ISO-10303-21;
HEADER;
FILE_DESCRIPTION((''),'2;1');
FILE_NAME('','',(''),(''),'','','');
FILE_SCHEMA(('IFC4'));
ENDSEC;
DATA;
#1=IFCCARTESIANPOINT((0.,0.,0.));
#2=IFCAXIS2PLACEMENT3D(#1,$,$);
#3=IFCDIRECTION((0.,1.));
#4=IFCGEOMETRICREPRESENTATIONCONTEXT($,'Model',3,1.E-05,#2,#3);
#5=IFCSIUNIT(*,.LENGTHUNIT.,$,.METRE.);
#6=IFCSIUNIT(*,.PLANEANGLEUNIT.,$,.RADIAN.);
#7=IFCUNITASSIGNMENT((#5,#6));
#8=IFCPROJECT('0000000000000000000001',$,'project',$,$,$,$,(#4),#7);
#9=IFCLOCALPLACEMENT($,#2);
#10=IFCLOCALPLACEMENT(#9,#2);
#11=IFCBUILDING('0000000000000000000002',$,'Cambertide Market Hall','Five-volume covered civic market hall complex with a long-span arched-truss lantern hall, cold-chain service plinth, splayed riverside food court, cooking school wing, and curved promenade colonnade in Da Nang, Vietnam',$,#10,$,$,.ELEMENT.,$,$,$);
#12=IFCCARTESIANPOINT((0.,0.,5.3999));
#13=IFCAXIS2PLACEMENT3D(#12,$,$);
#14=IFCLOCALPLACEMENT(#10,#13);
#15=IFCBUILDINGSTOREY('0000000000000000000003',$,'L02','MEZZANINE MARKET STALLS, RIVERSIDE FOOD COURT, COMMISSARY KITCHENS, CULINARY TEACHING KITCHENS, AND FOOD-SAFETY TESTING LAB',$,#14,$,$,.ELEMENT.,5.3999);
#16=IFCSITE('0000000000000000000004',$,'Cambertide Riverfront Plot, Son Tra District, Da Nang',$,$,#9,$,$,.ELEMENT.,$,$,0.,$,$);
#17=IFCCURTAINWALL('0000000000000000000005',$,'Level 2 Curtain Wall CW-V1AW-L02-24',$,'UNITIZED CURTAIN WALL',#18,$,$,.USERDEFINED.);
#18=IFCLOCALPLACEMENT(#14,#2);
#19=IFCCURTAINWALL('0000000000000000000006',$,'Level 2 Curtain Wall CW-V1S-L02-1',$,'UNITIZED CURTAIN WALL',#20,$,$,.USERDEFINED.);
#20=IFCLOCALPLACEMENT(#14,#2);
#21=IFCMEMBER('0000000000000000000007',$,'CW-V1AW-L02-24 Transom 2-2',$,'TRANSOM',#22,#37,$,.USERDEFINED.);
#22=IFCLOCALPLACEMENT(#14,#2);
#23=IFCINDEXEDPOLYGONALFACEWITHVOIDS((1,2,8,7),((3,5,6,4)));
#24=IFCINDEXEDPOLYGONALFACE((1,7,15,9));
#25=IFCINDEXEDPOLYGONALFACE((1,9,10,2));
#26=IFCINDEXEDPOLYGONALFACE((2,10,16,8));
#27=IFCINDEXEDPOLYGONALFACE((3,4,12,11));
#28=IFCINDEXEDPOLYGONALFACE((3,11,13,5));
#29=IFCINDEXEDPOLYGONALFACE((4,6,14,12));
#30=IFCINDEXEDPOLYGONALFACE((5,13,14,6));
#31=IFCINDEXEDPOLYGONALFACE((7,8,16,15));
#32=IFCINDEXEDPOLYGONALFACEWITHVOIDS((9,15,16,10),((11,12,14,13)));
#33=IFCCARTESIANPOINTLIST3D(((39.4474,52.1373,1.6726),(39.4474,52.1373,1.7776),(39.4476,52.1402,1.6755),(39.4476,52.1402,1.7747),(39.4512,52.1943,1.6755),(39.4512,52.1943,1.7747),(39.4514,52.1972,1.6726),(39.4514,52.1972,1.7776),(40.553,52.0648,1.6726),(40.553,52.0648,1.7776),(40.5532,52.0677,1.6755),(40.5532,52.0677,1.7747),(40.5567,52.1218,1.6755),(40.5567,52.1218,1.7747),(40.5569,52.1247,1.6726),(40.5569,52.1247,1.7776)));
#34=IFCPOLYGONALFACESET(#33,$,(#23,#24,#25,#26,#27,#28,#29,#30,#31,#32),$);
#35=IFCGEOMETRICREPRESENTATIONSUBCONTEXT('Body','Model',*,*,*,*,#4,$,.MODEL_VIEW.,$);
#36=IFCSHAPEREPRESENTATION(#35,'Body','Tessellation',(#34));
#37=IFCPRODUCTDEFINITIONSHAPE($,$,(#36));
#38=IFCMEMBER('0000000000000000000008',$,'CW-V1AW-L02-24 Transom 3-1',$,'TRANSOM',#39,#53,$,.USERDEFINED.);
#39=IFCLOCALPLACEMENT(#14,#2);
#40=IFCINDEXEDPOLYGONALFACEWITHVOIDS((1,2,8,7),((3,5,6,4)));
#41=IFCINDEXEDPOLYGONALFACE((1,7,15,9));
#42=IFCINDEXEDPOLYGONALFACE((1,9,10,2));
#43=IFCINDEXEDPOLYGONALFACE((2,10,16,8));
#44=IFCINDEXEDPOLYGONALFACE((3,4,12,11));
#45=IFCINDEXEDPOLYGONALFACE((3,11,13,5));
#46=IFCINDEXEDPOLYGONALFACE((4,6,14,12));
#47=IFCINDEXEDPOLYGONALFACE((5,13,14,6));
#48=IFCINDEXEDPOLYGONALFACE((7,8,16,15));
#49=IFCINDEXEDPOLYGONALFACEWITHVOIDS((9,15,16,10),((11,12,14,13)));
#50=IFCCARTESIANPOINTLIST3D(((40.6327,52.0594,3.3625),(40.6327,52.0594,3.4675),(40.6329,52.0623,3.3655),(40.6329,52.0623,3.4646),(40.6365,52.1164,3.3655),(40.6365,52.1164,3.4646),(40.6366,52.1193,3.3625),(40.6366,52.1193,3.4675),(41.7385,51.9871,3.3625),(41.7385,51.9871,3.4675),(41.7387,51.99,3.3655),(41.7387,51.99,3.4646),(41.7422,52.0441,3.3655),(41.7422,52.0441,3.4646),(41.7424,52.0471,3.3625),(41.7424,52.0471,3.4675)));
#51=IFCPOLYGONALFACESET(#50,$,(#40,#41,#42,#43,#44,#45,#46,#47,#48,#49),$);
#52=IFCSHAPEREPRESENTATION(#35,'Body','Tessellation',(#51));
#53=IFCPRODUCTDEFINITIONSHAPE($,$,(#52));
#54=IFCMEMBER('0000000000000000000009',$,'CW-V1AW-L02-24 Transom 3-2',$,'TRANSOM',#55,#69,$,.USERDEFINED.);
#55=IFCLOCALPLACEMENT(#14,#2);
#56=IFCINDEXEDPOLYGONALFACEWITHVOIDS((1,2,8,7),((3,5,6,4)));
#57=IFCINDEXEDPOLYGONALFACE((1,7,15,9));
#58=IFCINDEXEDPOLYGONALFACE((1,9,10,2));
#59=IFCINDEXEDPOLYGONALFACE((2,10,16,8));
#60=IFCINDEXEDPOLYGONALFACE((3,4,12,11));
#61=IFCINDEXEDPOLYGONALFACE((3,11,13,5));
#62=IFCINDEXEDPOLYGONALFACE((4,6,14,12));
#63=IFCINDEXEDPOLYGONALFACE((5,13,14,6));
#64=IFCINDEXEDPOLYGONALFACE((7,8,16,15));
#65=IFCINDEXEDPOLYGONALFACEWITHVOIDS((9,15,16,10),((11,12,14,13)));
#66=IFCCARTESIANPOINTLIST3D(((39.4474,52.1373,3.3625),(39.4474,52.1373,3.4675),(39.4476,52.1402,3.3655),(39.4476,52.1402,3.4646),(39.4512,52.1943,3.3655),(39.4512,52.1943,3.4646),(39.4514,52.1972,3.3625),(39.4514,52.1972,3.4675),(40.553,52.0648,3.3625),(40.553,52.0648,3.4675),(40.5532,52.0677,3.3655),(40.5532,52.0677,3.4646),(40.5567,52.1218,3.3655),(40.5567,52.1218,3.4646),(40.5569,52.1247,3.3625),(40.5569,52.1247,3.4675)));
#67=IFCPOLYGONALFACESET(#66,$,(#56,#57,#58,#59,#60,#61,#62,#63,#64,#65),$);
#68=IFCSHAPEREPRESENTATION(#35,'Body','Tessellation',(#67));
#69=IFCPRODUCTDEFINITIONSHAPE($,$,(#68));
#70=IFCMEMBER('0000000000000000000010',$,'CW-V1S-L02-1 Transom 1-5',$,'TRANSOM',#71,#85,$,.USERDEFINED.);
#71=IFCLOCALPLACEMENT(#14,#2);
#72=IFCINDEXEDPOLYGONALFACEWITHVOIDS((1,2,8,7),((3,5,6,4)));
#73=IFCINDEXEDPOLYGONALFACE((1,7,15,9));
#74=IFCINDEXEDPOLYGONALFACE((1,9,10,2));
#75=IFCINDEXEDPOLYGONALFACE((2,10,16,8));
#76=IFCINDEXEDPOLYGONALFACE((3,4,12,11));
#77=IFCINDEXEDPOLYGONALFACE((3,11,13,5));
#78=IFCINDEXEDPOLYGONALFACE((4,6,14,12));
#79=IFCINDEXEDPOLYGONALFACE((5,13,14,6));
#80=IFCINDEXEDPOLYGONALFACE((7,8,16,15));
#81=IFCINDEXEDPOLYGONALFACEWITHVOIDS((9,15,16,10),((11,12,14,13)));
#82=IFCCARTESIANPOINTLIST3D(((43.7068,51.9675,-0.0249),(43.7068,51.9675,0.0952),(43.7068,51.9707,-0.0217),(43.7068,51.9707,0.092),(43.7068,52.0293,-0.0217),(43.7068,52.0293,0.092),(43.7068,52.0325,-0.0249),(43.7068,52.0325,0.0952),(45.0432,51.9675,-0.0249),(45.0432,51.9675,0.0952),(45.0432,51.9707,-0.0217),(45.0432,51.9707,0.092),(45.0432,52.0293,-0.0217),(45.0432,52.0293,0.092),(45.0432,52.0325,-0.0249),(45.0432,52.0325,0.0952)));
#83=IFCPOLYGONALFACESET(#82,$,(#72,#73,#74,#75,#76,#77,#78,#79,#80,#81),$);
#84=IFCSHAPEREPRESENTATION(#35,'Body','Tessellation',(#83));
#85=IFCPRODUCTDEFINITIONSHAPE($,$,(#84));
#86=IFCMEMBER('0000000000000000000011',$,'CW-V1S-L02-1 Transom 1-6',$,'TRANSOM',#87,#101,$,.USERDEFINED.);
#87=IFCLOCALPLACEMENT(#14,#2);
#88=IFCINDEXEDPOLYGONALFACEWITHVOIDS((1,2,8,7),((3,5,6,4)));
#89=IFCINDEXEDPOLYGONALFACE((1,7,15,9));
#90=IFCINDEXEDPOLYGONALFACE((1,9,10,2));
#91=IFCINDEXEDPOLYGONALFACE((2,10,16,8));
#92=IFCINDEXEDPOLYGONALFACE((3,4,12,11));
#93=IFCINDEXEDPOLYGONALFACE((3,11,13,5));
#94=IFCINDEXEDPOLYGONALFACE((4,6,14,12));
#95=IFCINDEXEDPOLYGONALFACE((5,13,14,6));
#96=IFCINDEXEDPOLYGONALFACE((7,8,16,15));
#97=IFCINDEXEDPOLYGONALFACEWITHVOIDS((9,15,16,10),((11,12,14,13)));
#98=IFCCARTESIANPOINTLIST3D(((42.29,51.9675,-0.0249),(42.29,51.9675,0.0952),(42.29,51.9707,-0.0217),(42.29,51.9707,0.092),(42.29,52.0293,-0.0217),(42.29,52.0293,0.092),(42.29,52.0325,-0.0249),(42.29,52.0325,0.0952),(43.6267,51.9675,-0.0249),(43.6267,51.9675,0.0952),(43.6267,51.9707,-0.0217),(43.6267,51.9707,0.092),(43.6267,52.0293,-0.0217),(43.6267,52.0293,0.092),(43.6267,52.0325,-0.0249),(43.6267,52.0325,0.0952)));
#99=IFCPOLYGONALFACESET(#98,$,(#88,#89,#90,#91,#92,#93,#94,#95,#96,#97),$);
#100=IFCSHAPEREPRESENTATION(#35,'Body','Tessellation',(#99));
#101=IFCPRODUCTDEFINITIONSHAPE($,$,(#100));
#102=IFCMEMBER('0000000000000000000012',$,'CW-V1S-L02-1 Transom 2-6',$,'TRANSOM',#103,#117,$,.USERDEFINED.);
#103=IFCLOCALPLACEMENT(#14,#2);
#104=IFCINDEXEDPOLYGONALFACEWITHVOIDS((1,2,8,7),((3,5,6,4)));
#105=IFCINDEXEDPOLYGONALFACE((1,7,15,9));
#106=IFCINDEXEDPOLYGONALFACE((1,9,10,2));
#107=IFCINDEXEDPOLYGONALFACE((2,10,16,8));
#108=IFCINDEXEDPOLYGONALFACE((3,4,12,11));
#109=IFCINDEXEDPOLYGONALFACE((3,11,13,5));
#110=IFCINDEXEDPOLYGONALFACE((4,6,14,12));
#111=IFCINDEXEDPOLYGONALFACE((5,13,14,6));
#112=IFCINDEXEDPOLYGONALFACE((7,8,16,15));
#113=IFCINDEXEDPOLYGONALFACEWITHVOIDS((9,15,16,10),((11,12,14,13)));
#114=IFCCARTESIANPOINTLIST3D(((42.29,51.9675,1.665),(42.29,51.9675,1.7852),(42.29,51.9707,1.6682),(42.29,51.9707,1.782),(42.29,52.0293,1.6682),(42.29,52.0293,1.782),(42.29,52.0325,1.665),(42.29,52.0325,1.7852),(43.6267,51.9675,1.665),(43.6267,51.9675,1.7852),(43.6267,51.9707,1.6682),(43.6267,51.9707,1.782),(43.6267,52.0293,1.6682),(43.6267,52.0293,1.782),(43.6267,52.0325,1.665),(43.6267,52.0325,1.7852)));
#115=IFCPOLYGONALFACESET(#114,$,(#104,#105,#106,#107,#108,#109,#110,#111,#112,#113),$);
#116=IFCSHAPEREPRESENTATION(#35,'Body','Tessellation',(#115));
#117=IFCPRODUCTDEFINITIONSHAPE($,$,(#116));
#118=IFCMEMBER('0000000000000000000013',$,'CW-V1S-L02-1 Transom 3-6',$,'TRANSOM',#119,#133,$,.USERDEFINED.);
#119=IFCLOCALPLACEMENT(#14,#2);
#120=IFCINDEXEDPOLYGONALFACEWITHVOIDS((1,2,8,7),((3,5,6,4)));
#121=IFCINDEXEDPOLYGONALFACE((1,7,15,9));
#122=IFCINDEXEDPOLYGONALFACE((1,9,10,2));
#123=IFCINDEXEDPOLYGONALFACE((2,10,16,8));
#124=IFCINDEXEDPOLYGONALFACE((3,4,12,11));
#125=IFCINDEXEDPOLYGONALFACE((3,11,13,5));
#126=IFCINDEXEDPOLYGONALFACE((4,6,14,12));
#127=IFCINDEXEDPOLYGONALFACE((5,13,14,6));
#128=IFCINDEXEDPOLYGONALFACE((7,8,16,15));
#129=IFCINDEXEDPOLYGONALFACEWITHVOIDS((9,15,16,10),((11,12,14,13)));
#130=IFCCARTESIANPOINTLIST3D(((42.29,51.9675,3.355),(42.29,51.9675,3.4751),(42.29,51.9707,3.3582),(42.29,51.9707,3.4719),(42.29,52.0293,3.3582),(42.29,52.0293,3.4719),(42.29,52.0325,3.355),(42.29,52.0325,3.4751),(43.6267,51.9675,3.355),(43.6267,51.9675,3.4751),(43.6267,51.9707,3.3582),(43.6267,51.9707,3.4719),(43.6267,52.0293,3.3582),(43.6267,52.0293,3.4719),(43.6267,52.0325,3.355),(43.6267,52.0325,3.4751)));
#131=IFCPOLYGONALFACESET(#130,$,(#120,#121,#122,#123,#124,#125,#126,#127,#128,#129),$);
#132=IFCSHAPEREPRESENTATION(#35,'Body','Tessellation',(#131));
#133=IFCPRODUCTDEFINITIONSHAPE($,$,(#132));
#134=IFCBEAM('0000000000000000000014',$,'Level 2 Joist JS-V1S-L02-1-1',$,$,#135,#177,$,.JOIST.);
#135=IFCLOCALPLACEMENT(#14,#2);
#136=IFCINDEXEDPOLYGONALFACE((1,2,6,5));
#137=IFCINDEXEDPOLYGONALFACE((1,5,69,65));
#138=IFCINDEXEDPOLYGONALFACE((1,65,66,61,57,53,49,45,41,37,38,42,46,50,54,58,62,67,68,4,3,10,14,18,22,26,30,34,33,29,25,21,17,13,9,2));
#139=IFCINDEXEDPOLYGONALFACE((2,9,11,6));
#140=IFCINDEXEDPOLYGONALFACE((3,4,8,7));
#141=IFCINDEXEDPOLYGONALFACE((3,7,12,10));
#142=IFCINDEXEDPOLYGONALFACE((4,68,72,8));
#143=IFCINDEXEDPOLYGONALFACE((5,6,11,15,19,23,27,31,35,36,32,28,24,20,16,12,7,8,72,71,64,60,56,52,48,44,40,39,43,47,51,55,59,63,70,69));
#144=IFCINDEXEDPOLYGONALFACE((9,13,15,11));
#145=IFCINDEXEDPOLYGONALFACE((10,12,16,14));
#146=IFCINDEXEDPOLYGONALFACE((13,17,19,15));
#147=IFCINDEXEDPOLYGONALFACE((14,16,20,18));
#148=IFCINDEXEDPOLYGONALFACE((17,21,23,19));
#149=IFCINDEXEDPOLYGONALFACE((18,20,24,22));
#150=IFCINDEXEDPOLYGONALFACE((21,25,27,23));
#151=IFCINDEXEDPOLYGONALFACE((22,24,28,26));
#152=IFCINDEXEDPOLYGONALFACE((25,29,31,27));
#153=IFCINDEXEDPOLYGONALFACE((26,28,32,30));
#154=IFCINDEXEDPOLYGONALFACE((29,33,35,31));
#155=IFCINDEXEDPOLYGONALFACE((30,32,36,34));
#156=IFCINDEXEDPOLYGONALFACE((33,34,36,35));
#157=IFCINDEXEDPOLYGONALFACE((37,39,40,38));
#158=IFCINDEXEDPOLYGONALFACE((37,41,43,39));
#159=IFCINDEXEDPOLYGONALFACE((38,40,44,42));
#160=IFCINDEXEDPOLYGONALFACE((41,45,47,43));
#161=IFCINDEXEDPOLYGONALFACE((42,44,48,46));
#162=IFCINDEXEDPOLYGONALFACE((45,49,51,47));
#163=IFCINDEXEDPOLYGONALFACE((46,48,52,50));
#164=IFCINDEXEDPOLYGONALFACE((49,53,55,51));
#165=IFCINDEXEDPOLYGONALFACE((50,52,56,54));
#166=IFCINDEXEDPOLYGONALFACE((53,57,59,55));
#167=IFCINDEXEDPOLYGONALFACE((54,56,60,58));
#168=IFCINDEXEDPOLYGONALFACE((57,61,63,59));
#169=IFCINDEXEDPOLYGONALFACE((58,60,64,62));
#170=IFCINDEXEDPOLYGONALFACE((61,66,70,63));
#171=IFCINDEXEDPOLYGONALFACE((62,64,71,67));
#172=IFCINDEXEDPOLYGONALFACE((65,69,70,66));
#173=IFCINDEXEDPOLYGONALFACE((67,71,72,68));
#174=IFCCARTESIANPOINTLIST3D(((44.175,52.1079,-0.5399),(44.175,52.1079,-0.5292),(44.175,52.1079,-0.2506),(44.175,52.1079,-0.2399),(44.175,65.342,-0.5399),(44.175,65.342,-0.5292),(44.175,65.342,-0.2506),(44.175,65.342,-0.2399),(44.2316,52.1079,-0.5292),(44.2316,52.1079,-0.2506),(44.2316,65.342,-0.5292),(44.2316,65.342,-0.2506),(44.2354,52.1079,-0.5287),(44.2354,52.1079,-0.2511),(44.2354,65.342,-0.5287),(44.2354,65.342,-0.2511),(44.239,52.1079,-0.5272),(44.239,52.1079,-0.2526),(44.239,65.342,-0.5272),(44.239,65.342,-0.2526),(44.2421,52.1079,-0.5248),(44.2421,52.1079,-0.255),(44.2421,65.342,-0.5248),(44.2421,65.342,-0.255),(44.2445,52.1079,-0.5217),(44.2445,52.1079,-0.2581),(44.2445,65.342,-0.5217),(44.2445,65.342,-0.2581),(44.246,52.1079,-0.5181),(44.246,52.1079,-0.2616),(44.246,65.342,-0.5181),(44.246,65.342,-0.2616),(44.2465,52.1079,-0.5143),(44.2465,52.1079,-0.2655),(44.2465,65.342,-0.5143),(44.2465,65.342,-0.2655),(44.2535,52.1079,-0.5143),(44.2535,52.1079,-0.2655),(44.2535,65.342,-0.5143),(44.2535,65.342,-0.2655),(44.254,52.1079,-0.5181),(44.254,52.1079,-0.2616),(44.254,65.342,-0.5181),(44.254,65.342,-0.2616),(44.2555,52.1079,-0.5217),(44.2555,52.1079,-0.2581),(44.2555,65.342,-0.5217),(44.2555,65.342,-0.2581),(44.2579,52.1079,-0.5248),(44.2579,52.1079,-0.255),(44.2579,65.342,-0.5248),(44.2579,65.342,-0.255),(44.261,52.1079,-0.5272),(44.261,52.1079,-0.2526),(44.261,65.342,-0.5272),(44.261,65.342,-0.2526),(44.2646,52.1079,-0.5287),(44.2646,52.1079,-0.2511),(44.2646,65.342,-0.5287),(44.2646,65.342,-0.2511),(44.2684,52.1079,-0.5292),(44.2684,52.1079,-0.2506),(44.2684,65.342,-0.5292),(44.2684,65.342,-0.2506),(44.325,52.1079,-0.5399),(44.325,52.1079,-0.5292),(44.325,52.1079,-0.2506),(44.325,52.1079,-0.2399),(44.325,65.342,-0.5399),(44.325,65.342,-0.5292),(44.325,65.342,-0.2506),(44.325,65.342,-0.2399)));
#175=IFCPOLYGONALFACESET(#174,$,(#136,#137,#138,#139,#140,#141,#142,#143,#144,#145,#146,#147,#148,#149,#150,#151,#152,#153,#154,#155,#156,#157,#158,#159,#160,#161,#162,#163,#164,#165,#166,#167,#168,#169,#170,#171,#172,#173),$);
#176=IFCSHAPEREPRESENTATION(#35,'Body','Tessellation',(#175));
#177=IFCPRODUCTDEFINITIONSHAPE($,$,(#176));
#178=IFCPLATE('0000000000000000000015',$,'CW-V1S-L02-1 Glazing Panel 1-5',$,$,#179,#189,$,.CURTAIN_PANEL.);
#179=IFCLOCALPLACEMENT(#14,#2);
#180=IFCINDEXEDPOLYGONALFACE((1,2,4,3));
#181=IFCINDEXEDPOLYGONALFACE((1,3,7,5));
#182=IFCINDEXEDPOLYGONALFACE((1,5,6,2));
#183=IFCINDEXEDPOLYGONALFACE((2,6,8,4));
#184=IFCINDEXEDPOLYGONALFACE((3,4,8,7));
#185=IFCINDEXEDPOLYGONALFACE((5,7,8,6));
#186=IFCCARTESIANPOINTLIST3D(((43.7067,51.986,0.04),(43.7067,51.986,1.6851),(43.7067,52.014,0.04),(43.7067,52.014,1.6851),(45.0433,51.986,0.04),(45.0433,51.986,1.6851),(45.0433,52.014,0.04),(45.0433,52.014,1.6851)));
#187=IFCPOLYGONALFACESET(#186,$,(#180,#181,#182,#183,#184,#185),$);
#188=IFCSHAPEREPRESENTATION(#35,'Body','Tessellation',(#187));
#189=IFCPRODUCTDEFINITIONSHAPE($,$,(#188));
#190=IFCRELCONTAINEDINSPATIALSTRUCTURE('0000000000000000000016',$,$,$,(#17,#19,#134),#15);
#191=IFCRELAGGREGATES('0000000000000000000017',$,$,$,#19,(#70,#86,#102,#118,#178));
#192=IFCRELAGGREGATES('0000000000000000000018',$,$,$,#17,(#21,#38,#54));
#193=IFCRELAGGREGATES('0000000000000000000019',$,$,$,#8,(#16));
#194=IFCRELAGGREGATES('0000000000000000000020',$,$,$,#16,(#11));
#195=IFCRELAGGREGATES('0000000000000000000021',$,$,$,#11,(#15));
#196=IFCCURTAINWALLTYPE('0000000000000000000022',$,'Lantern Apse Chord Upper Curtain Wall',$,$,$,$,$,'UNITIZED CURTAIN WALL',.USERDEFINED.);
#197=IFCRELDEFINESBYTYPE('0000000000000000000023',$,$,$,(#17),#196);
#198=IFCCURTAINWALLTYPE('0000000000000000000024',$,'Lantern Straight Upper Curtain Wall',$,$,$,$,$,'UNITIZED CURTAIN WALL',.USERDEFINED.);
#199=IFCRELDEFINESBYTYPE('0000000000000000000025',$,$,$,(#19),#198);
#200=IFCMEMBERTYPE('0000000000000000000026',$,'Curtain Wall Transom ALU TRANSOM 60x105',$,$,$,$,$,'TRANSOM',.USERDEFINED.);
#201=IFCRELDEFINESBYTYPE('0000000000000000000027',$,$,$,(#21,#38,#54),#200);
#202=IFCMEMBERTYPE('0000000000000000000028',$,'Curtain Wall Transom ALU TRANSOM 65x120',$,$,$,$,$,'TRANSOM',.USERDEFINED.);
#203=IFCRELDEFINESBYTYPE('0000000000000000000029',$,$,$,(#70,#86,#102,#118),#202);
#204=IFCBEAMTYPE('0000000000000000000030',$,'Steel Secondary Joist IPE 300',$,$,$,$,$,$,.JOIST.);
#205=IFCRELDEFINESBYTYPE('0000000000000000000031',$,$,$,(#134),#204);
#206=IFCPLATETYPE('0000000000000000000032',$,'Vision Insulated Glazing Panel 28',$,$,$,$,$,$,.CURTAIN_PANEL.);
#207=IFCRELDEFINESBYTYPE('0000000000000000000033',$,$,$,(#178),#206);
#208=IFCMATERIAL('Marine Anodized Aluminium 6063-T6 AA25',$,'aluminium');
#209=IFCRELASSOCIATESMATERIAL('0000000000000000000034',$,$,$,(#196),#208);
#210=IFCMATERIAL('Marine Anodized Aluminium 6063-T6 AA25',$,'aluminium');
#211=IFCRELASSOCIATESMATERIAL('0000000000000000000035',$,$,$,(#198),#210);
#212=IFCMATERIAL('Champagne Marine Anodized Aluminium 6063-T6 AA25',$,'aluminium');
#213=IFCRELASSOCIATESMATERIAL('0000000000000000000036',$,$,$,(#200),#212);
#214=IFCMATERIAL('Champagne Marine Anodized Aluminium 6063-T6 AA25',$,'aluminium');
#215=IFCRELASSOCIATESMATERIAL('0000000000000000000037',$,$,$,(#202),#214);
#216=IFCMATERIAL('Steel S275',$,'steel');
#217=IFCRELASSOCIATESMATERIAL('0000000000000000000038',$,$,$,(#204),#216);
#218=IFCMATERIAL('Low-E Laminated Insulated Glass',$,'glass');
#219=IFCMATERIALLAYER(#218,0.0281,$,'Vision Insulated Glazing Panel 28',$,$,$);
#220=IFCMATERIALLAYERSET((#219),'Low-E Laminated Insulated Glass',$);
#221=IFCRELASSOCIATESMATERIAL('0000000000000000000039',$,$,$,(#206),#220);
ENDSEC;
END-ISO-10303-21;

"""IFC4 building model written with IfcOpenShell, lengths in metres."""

from ifc_helpers import new_model, si_unit, direction, frame, origin, origin_2d, place, context, subcontext, project, spatial, rectangle, hollow_rectangle, i_section, extrude, material, layer, layer_set, material_profile, profile_set, type_object, element, aggregate, save


model = new_model("IFC4")

# Units and contexts
model_context = context("Model", 3, precision=1e-05, world=origin(), true_north=direction((0.0, 1.0)))
body_context = subcontext(model_context, "Body", "Model", "MODEL_VIEW")
ifc_project = project(units=[si_unit("LENGTHUNIT", "METRE"), si_unit("PLANEANGLEUNIT", "RADIAN")], contexts=[model_context])

# Site, building, storey
site_placement = place(None, origin())
site = spatial("IfcSite", under=ifc_project, at=site_placement, Name="Cambertide Riverfront Plot, Son Tra District, Da Nang", CompositionType="ELEMENT", RefElevation=0.0)
building_placement = place(site_placement, origin())
building = spatial("IfcBuilding", under=site, at=building_placement, Name="Cambertide Market Hall", Description="Five-volume covered civic market hall complex with a long-span arched-truss lantern hall, cold-chain service plinth, splayed riverside food court, cooking school wing, and curved promenade colonnade in Da Nang, Vietnam", CompositionType="ELEMENT")
storey_placement = place(building_placement, frame((0.0, 0.0, 5.3999)))
storey = spatial("IfcBuildingStorey", under=building, at=storey_placement, Name="L02", Description="MEZZANINE MARKET STALLS, RIVERSIDE FOOD COURT, COMMISSARY KITCHENS, CULINARY TEACHING KITCHENS, AND FOOD-SAFETY TESTING LAB", CompositionType="ELEMENT", Elevation=5.3999)

# Shared definitions
ifc_material_1 = material(Name="Marine Anodized Aluminium 6063-T6 AA25", Category="aluminium")
curtain_wall_type_1 = type_object("IfcCurtainWallType", Name="Lantern Apse Chord Upper Curtain Wall", ElementType="UNITIZED CURTAIN WALL", PredefinedType="USERDEFINED", material=ifc_material_1)

# Curtain walls
curtain_wall_1_placement = place(storey_placement, origin())
curtain_wall_1 = element("IfcCurtainWall", 1, at=curtain_wall_1_placement, inside=storey, type_object=curtain_wall_type_1, Name="Level 2 Curtain Wall CW-V1AW-L02-24", ObjectType="UNITIZED CURTAIN WALL", PredefinedType="USERDEFINED")
ifc_material_2 = material(Name="Marine Anodized Aluminium 6063-T6 AA25", Category="aluminium")
curtain_wall_type_2 = type_object("IfcCurtainWallType", Name="Lantern Straight Upper Curtain Wall", ElementType="UNITIZED CURTAIN WALL", PredefinedType="USERDEFINED", material=ifc_material_2)
curtain_wall_2_placement = place(storey_placement, origin())
curtain_wall_2 = element("IfcCurtainWall", 2, at=curtain_wall_2_placement, inside=storey, type_object=curtain_wall_type_2, Name="Level 2 Curtain Wall CW-V1S-L02-1", ObjectType="UNITIZED CURTAIN WALL", PredefinedType="USERDEFINED")

# Members
ifc_material_3 = material(Name="Champagne Marine Anodized Aluminium 6063-T6 AA25", Category="aluminium")
ifc_material_profile_1 = material_profile(ifc_material_3, hollow_rectangle(XDim=0.0601, YDim=0.105, WallThickness=0.0029, at=origin_2d()), Name="ALU TRANSOM 60x105")
ifc_profile_set_1 = profile_set([ifc_material_profile_1], Name="Champagne Marine Anodized Aluminium 6063-T6 AA25")
member_type_1 = type_object("IfcMemberType", Name="Curtain Wall Transom ALU TRANSOM 60x105", ElementType="TRANSOM", PredefinedType="USERDEFINED", material=ifc_profile_set_1)
member_1_placement = place(storey_placement, frame((40.5549, 52.0947, 1.7251), z_axis=(-0.997856, 0.065451, 0.0), x_axis=(-0.065451, -0.997856, 0.0)))
member_1 = element("IfcMember", 3, at=member_1_placement, type_object=member_type_1, Name="CW-V1AW-L02-24 Transom 2-2", ObjectType="TRANSOM", PredefinedType="USERDEFINED", context=body_context, shape_type="SweptSolid", body=[
    extrude(hollow_rectangle(XDim=0.0601, YDim=0.105, WallThickness=0.0029, at=origin_2d()), origin(), (0.0, 0.0, 1.0), 1.1079),
])
member_2_placement = place(storey_placement, frame((41.7405, 52.0171, 3.415), z_axis=(-0.997871, 0.065217, 0.0), x_axis=(-0.065217, -0.997871, 0.0)))
member_2 = element("IfcMember", 4, at=member_2_placement, type_object=member_type_1, Name="CW-V1AW-L02-24 Transom 3-1", ObjectType="TRANSOM", PredefinedType="USERDEFINED", context=body_context, shape_type="SweptSolid", body=[
    extrude(hollow_rectangle(XDim=0.0601, YDim=0.105, WallThickness=0.0029, at=origin_2d()), origin(), (0.0, 0.0, 1.0), 1.1082),
])
member_3_placement = place(storey_placement, frame((40.5549, 52.0947, 3.415), z_axis=(-0.997856, 0.065451, 0.0), x_axis=(-0.065451, -0.997856, 0.0)))
member_3 = element("IfcMember", 5, at=member_3_placement, type_object=member_type_1, Name="CW-V1AW-L02-24 Transom 3-2", ObjectType="TRANSOM", PredefinedType="USERDEFINED", context=body_context, shape_type="SweptSolid", body=[
    extrude(hollow_rectangle(XDim=0.0601, YDim=0.105, WallThickness=0.0029, at=origin_2d()), origin(), (0.0, 0.0, 1.0), 1.1079),
])
ifc_material_4 = material(Name="Champagne Marine Anodized Aluminium 6063-T6 AA25", Category="aluminium")
ifc_material_profile_2 = material_profile(ifc_material_4, hollow_rectangle(XDim=0.0649, YDim=0.1201, WallThickness=0.0032, at=origin_2d()), Name="ALU TRANSOM 65x120")
ifc_profile_set_2 = profile_set([ifc_material_profile_2], Name="Champagne Marine Anodized Aluminium 6063-T6 AA25")
member_type_2 = type_object("IfcMemberType", Name="Curtain Wall Transom ALU TRANSOM 65x120", ElementType="TRANSOM", PredefinedType="USERDEFINED", material=ifc_profile_set_2)
member_4_placement = place(storey_placement, frame((45.0432, 52.0, 0.0352), z_axis=(-1.0, 0.0, 0.0), x_axis=(0.0, -1.0, 0.0)))
member_4 = element("IfcMember", 6, at=member_4_placement, type_object=member_type_2, Name="CW-V1S-L02-1 Transom 1-5", ObjectType="TRANSOM", PredefinedType="USERDEFINED", context=body_context, shape_type="SweptSolid", body=[
    extrude(hollow_rectangle(XDim=0.0649, YDim=0.1201, WallThickness=0.0032, at=origin_2d()), origin(), (0.0, 0.0, 1.0), 1.3364),
])
member_5_placement = place(storey_placement, frame((43.6267, 52.0, 0.0352), z_axis=(-1.0, 0.0, 0.0), x_axis=(0.0, -1.0, 0.0)))
member_5 = element("IfcMember", 7, at=member_5_placement, type_object=member_type_2, Name="CW-V1S-L02-1 Transom 1-6", ObjectType="TRANSOM", PredefinedType="USERDEFINED", context=body_context, shape_type="SweptSolid", body=[
    extrude(hollow_rectangle(XDim=0.0649, YDim=0.1201, WallThickness=0.0032, at=origin_2d()), origin(), (0.0, 0.0, 1.0), 1.3367),
])
member_6_placement = place(storey_placement, frame((43.6267, 52.0, 1.7251), z_axis=(-1.0, 0.0, 0.0), x_axis=(0.0, -1.0, 0.0)))
member_6 = element("IfcMember", 8, at=member_6_placement, type_object=member_type_2, Name="CW-V1S-L02-1 Transom 2-6", ObjectType="TRANSOM", PredefinedType="USERDEFINED", context=body_context, shape_type="SweptSolid", body=[
    extrude(hollow_rectangle(XDim=0.0649, YDim=0.1201, WallThickness=0.0032, at=origin_2d()), origin(), (0.0, 0.0, 1.0), 1.3367),
])
member_7_placement = place(storey_placement, frame((43.6267, 52.0, 3.415), z_axis=(-1.0, 0.0, 0.0), x_axis=(0.0, -1.0, 0.0)))
member_7 = element("IfcMember", 9, at=member_7_placement, type_object=member_type_2, Name="CW-V1S-L02-1 Transom 3-6", ObjectType="TRANSOM", PredefinedType="USERDEFINED", context=body_context, shape_type="SweptSolid", body=[
    extrude(hollow_rectangle(XDim=0.0649, YDim=0.1201, WallThickness=0.0032, at=origin_2d()), origin(), (0.0, 0.0, 1.0), 1.3367),
])

# Beam
ifc_material_5 = material(Name="Steel S275", Category="steel")
ifc_material_profile_3 = material_profile(ifc_material_5, i_section(OverallWidth=0.1499, OverallDepth=0.3, WebThickness=0.0071, FlangeThickness=0.0107, FilletRadius=0.0149, at=origin_2d()), Name="IPE 300")
ifc_profile_set_3 = profile_set([ifc_material_profile_3], Name="Steel S275")
beam_type = type_object("IfcBeamType", Name="Steel Secondary Joist IPE 300", PredefinedType="JOIST", material=ifc_profile_set_3)
beam_placement = place(storey_placement, frame((44.25, 52.1079, -0.3899), z_axis=(0.0, 1.0, 0.0), x_axis=(-1.0, 0.0, 0.0)))
element("IfcBeam", 10, at=beam_placement, inside=storey, type_object=beam_type, Name="Level 2 Joist JS-V1S-L02-1-1", PredefinedType="JOIST", context=body_context, shape_type="SweptSolid", body=[
    extrude(i_section(OverallWidth=0.1499, OverallDepth=0.3, WebThickness=0.0071, FlangeThickness=0.0107, FilletRadius=0.0149, at=origin_2d()), origin(), (0.0, 0.0, 1.0), 13.2341),
])

# Plate
ifc_material_6 = material(Name="Low-E Laminated Insulated Glass", Category="glass")
ifc_layer_1 = layer(ifc_material_6, 0.0281, Name="Vision Insulated Glazing Panel 28")
ifc_layer_set_1 = layer_set([ifc_layer_1], Name="Low-E Laminated Insulated Glass")
plate_type = type_object("IfcPlateType", Name="Vision Insulated Glazing Panel 28", PredefinedType="CURTAIN_PANEL", material=ifc_layer_set_1)
plate_1_placement = place(storey_placement, frame((44.375, 52.0, 0.04), z_axis=(0.0, 0.0, 1.0), x_axis=(-1.0, 0.0, 0.0)))
plate_1 = element("IfcPlate", 11, at=plate_1_placement, type_object=plate_type, Name="CW-V1S-L02-1 Glazing Panel 1-5", PredefinedType="CURTAIN_PANEL", context=body_context, shape_type="SweptSolid", body=[
    extrude(rectangle(XDim=1.3367, YDim=0.0281, at=origin_2d()), origin(), (0.0, 0.0, 1.0), 1.645),
])
aggregate(curtain_wall_2, [member_4, member_5, member_6, member_7, plate_1])
aggregate(curtain_wall_1, [member_1, member_2, member_3])

save(model, "model.ifc")
